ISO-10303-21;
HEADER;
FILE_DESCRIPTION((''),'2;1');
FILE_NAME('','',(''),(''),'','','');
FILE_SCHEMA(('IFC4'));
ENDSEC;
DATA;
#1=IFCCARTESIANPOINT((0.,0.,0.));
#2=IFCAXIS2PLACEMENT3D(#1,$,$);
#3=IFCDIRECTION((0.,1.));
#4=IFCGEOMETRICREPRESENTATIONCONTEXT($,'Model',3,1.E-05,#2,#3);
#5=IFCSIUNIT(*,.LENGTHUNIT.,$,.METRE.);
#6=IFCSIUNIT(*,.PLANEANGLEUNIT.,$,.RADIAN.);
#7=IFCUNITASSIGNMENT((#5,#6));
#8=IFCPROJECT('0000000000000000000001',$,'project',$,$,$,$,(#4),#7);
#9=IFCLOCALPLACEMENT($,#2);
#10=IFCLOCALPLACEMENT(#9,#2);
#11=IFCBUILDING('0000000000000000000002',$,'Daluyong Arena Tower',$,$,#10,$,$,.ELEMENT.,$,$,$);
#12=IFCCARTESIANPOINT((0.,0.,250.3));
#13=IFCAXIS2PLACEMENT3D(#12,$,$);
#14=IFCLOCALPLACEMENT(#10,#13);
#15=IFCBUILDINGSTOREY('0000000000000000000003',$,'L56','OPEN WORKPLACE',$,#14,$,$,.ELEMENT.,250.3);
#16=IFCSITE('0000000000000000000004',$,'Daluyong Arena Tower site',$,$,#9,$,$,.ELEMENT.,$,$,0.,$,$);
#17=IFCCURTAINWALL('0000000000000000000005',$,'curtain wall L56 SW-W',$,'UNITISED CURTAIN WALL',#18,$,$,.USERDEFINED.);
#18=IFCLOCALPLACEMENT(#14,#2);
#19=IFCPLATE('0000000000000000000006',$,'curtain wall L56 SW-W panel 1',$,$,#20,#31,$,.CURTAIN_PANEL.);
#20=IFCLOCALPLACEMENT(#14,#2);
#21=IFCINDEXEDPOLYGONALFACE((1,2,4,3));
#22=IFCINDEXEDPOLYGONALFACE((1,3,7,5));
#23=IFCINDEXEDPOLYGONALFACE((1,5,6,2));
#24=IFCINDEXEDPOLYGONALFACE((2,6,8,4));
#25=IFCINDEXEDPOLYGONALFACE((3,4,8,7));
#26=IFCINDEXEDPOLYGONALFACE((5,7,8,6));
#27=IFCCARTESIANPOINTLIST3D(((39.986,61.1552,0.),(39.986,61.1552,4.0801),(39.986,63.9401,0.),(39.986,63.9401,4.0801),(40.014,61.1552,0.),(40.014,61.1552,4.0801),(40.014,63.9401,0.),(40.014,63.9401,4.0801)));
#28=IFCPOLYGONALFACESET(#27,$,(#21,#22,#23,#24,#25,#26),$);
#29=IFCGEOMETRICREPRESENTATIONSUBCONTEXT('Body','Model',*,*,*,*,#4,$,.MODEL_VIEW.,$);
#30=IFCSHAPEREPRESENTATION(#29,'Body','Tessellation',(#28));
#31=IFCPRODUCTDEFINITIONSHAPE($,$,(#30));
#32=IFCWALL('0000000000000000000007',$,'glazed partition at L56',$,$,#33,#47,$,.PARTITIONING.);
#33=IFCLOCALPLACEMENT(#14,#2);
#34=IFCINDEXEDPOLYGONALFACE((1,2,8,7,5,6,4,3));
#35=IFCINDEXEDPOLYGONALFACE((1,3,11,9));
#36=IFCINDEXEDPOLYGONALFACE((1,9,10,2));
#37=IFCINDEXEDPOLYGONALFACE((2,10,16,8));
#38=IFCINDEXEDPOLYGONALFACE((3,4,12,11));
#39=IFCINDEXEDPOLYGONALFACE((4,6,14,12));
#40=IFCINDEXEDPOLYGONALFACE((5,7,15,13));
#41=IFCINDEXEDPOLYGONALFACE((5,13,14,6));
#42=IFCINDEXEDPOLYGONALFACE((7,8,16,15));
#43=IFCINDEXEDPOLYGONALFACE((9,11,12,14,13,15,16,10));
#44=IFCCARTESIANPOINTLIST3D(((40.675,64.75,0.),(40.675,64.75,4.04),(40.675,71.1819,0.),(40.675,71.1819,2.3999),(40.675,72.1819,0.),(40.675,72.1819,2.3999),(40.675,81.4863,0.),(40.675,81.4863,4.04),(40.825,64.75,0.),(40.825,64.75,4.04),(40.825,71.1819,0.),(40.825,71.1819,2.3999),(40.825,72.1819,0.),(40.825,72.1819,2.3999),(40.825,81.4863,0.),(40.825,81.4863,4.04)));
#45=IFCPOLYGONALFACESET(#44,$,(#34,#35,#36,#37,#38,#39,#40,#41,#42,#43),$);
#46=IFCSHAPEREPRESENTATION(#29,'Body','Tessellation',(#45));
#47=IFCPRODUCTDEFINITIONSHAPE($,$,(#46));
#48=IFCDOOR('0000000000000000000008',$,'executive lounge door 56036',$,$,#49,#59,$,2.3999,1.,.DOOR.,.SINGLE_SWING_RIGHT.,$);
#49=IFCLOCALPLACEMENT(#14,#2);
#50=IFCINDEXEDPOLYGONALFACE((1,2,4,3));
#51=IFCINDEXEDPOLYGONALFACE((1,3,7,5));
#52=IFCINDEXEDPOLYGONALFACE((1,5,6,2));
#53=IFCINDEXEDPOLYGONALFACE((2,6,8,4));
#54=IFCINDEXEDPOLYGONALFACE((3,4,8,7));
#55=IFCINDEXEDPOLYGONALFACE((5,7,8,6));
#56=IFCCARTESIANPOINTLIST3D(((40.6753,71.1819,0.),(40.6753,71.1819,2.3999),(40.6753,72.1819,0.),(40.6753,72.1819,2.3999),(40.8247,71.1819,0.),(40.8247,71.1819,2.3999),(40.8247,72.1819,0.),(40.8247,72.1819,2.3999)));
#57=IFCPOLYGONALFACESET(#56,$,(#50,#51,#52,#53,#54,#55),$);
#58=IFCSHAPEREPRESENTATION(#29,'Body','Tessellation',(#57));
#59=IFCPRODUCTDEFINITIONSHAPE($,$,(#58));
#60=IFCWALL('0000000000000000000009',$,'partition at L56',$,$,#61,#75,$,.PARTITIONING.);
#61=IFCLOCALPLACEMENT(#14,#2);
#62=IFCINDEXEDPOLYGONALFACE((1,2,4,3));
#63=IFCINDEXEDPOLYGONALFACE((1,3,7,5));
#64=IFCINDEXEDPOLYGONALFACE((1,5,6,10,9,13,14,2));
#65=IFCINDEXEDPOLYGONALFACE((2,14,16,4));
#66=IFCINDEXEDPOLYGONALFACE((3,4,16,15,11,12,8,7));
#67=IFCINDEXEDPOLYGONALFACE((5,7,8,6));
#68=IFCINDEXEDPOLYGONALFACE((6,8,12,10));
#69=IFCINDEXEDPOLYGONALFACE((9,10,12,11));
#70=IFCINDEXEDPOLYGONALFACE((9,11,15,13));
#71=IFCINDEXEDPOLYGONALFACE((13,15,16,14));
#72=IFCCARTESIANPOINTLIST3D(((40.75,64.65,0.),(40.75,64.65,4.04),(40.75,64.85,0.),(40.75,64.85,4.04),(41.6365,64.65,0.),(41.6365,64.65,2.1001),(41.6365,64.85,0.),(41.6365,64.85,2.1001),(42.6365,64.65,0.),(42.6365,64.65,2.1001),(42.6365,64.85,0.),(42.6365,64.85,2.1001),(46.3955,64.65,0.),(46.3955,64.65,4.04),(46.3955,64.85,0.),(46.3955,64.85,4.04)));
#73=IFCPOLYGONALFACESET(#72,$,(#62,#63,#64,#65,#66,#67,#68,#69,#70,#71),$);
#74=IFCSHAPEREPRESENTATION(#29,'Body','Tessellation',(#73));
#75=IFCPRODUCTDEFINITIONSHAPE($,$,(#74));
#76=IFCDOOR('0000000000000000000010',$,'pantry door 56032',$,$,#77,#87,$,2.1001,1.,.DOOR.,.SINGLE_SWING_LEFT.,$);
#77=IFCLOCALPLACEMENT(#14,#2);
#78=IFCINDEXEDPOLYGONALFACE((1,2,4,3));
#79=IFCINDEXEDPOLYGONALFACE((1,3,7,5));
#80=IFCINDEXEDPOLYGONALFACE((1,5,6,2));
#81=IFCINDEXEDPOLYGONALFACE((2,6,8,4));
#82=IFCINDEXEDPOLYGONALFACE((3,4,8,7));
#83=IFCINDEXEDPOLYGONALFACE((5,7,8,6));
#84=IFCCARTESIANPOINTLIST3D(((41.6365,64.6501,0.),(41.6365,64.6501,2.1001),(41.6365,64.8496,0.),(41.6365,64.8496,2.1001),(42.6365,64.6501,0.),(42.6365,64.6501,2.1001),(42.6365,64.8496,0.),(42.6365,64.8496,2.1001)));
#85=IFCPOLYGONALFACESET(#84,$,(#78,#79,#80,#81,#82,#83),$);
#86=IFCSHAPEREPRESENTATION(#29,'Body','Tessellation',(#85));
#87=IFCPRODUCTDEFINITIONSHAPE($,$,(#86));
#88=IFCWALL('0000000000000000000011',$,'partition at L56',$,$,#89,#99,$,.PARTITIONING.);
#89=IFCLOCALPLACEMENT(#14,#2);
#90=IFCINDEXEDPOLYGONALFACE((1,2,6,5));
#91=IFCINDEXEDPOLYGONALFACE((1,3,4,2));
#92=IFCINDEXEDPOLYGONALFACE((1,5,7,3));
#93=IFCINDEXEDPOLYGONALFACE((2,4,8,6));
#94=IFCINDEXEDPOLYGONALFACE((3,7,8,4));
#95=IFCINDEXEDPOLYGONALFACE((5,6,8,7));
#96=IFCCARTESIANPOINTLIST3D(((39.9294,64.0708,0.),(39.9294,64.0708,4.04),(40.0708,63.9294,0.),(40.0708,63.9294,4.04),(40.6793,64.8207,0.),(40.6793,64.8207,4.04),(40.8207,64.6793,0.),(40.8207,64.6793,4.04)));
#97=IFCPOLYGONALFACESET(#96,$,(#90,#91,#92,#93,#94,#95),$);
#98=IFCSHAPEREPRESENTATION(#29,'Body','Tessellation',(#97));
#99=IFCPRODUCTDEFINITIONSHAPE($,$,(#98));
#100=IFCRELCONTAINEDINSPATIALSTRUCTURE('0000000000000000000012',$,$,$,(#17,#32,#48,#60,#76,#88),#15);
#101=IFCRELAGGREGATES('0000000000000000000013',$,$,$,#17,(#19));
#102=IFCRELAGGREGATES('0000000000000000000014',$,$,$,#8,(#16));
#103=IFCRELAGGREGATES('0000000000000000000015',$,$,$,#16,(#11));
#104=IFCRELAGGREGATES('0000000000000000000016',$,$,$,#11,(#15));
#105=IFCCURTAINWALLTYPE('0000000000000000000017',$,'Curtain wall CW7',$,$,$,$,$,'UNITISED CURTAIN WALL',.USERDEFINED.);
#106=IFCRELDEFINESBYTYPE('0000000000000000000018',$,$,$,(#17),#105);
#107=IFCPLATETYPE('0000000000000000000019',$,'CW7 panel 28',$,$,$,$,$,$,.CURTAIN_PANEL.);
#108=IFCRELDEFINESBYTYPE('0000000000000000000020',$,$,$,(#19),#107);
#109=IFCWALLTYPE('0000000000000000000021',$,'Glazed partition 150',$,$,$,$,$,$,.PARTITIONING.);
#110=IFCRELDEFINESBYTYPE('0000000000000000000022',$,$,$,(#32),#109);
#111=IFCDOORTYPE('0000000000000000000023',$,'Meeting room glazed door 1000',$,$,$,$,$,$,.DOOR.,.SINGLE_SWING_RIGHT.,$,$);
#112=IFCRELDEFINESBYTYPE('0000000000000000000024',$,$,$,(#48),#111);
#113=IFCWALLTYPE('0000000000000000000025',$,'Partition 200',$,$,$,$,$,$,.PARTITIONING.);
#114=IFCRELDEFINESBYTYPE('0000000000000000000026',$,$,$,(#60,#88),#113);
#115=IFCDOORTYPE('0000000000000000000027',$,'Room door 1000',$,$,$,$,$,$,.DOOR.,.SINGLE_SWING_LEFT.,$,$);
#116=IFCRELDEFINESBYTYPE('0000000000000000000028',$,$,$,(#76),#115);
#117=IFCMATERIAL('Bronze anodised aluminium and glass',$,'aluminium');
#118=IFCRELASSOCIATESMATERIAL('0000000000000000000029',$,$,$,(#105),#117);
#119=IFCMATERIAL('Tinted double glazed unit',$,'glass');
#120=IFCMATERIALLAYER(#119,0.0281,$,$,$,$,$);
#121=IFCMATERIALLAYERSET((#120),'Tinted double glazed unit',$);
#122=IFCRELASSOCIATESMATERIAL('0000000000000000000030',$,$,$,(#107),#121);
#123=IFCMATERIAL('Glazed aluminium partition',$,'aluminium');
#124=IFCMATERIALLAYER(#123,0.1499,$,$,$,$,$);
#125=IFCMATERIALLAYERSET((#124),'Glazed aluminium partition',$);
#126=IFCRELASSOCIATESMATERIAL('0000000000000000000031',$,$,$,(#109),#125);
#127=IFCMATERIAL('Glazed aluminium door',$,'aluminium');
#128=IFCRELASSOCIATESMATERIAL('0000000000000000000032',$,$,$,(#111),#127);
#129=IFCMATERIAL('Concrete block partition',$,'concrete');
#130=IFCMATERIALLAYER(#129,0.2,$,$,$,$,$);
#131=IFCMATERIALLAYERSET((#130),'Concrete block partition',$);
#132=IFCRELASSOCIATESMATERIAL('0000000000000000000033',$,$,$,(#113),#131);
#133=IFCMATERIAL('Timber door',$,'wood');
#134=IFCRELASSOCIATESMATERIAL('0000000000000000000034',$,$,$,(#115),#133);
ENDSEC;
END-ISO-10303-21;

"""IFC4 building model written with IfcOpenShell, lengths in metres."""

from ifc_helpers import new_model, si_unit, direction, frame, frame_2d, origin, origin_2d, place, context, subcontext, project, spatial, rectangle, extrude, material, layer, layer_set, type_object, element, fill, aggregate, save


model = new_model("IFC4")

# Units and contexts
model_context = context("Model", 3, precision=1e-05, world=origin(), true_north=direction((0.0, 1.0)))
body_context = subcontext(model_context, "Body", "Model", "MODEL_VIEW")
ifc_project = project(units=[si_unit("LENGTHUNIT", "METRE"), si_unit("PLANEANGLEUNIT", "RADIAN")], contexts=[model_context])

# Site, building, storey
site_placement = place(None, origin())
site = spatial("IfcSite", under=ifc_project, at=site_placement, Name="Daluyong Arena Tower site", CompositionType="ELEMENT", RefElevation=0.0)
building_placement = place(site_placement, origin())
building = spatial("IfcBuilding", under=site, at=building_placement, Name="Daluyong Arena Tower", CompositionType="ELEMENT")
storey_placement = place(building_placement, frame((0.0, 0.0, 250.3)))
storey = spatial("IfcBuildingStorey", under=building, at=storey_placement, Name="L56", Description="OPEN WORKPLACE", CompositionType="ELEMENT", Elevation=250.3)

# Shared definitions
ifc_material_1 = material(Name="Bronze anodised aluminium and glass", Category="aluminium")
curtain_wall_type = type_object("IfcCurtainWallType", Name="Curtain wall CW7", ElementType="UNITISED CURTAIN WALL", PredefinedType="USERDEFINED", material=ifc_material_1)

# Curtain wall
curtain_wall_1_placement = place(storey_placement, origin())
curtain_wall_1 = element("IfcCurtainWall", 1, at=curtain_wall_1_placement, inside=storey, type_object=curtain_wall_type, Name="curtain wall L56 SW-W", ObjectType="UNITISED CURTAIN WALL", PredefinedType="USERDEFINED")

# Plate
ifc_material_2 = material(Name="Tinted double glazed unit", Category="glass")
ifc_layer_1 = layer(ifc_material_2, 0.0281)
ifc_layer_set_1 = layer_set([ifc_layer_1], Name="Tinted double glazed unit")
plate_type = type_object("IfcPlateType", Name="CW7 panel 28", PredefinedType="CURTAIN_PANEL", material=ifc_layer_set_1)
plate_1_placement = place(storey_placement, frame((40.0, 62.5476, 0.0), z_axis=(0.0, 0.0, 1.0), x_axis=(0.0, -1.0, 0.0)))
plate_1 = element("IfcPlate", 2, at=plate_1_placement, type_object=plate_type, Name="curtain wall L56 SW-W panel 1", PredefinedType="CURTAIN_PANEL", context=body_context, shape_type="SweptSolid", body=[
    extrude(rectangle(XDim=2.7849, YDim=0.0281, at=origin_2d()), origin(), (0.0, 0.0, 1.0), 4.0801),
])
aggregate(curtain_wall_1, [plate_1])

# Walls, openings, doors
ifc_material_3 = material(Name="Glazed aluminium partition", Category="aluminium")
ifc_layer_2 = layer(ifc_material_3, 0.1499)
ifc_layer_set_2 = layer_set([ifc_layer_2], Name="Glazed aluminium partition")
wall_type_1 = type_object("IfcWallType", Name="Glazed partition 150", PredefinedType="PARTITIONING", material=ifc_layer_set_2)
wall_1_placement = place(storey_placement, frame((40.75, 64.75, 0.0), z_axis=(0.0, 0.0, 1.0), x_axis=(0.0, 1.0, 0.0)))
wall_1 = element("IfcWall", 3, at=wall_1_placement, inside=storey, type_object=wall_type_1, Name="glazed partition at L56", PredefinedType="PARTITIONING", context=body_context, shape_type="SweptSolid", body=[
    extrude(rectangle(XDim=16.7363, YDim=0.1499, at=frame_2d((8.3682, 0.0))), origin(), (0.0, 0.0, 1.0), 4.04),
])
opening_1_placement = place(wall_1_placement, frame((6.4319, 0.0, 0.0)))
opening_1 = element("IfcOpeningElement", 4, at=opening_1_placement, cuts=wall_1, PredefinedType="OPENING", context=body_context, shape_type="SweptSolid", body=[
    extrude(rectangle(XDim=1.0, YDim=2.3999, at=frame_2d((0.5, 1.2))), frame((0.0, 0.085, 0.0), z_axis=(0.0, -1.0, 0.0), x_axis=(1.0, 0.0, 0.0)), (0.0, 0.0, 1.0), 0.1699),
])
ifc_material_4 = material(Name="Glazed aluminium door", Category="aluminium")
door_type_1 = type_object("IfcDoorType", Name="Meeting room glazed door 1000", OperationType="SINGLE_SWING_RIGHT", PredefinedType="DOOR", material=ifc_material_4)
door_1_placement = place(opening_1_placement, origin())
door_1 = element("IfcDoor", 5, at=door_1_placement, inside=storey, type_object=door_type_1, Name="executive lounge door 56036", OperationType="SINGLE_SWING_RIGHT", OverallHeight=2.3999, OverallWidth=1.0, PredefinedType="DOOR", context=body_context, shape_type="SweptSolid", body=[
    extrude(rectangle(XDim=1.0, YDim=2.3999, at=frame_2d((0.5, 1.2))), frame((0.0, 0.0747, 0.0), z_axis=(0.0, -1.0, 0.0), x_axis=(1.0, 0.0, 0.0)), (0.0, 0.0, 1.0), 0.1494),
])
fill(opening_1, door_1)
ifc_material_5 = material(Name="Concrete block partition", Category="concrete")
ifc_layer_3 = layer(ifc_material_5, 0.2)
ifc_layer_set_3 = layer_set([ifc_layer_3], Name="Concrete block partition")
wall_type_2 = type_object("IfcWallType", Name="Partition 200", PredefinedType="PARTITIONING", material=ifc_layer_set_3)
wall_2_placement = place(storey_placement, frame((40.75, 64.75, 0.0), z_axis=(0.0, 0.0, 1.0), x_axis=(1.0, 0.0, 0.0)))
wall_2 = element("IfcWall", 6, at=wall_2_placement, inside=storey, type_object=wall_type_2, Name="partition at L56", PredefinedType="PARTITIONING", context=body_context, shape_type="SweptSolid", body=[
    extrude(rectangle(XDim=5.6455, YDim=0.2, at=frame_2d((2.8228, 0.0))), origin(), (0.0, 0.0, 1.0), 4.04),
])
opening_2_placement = place(wall_2_placement, frame((0.8865, 0.0, 0.0)))
opening_2 = element("IfcOpeningElement", 7, at=opening_2_placement, cuts=wall_2, PredefinedType="OPENING", context=body_context, shape_type="SweptSolid", body=[
    extrude(rectangle(XDim=1.0, YDim=2.1001, at=frame_2d((0.5, 1.05))), frame((0.0, 0.1099, 0.0), z_axis=(0.0, -1.0, 0.0), x_axis=(1.0, 0.0, 0.0)), (0.0, 0.0, 1.0), 0.22),
])
ifc_material_6 = material(Name="Timber door", Category="wood")
door_type_2 = type_object("IfcDoorType", Name="Room door 1000", OperationType="SINGLE_SWING_LEFT", PredefinedType="DOOR", material=ifc_material_6)
door_2_placement = place(opening_2_placement, origin())
door_2 = element("IfcDoor", 8, at=door_2_placement, inside=storey, type_object=door_type_2, Name="pantry door 56032", OperationType="SINGLE_SWING_LEFT", OverallHeight=2.1001, OverallWidth=1.0, PredefinedType="DOOR", context=body_context, shape_type="SweptSolid", body=[
    extrude(rectangle(XDim=1.0, YDim=2.1001, at=frame_2d((0.5, 1.05))), frame((0.0, 0.0996, 0.0), z_axis=(0.0, -1.0, 0.0), x_axis=(1.0, 0.0, 0.0)), (0.0, 0.0, 1.0), 0.1995),
])
fill(opening_2, door_2)

# Wall
wall_3_placement = place(storey_placement, frame((40.75, 64.75, 0.0), z_axis=(0.0, 0.0, 1.0), x_axis=(-0.707107, -0.707107, 0.0)))
element("IfcWall", 9, at=wall_3_placement, inside=storey, type_object=wall_type_2, Name="partition at L56", PredefinedType="PARTITIONING", context=body_context, shape_type="SweptSolid", body=[
    extrude(rectangle(XDim=1.0605, YDim=0.2, at=frame_2d((0.5303, 0.0))), origin(), (0.0, 0.0, 1.0), 4.04),
])

save(model, "model.ifc")
